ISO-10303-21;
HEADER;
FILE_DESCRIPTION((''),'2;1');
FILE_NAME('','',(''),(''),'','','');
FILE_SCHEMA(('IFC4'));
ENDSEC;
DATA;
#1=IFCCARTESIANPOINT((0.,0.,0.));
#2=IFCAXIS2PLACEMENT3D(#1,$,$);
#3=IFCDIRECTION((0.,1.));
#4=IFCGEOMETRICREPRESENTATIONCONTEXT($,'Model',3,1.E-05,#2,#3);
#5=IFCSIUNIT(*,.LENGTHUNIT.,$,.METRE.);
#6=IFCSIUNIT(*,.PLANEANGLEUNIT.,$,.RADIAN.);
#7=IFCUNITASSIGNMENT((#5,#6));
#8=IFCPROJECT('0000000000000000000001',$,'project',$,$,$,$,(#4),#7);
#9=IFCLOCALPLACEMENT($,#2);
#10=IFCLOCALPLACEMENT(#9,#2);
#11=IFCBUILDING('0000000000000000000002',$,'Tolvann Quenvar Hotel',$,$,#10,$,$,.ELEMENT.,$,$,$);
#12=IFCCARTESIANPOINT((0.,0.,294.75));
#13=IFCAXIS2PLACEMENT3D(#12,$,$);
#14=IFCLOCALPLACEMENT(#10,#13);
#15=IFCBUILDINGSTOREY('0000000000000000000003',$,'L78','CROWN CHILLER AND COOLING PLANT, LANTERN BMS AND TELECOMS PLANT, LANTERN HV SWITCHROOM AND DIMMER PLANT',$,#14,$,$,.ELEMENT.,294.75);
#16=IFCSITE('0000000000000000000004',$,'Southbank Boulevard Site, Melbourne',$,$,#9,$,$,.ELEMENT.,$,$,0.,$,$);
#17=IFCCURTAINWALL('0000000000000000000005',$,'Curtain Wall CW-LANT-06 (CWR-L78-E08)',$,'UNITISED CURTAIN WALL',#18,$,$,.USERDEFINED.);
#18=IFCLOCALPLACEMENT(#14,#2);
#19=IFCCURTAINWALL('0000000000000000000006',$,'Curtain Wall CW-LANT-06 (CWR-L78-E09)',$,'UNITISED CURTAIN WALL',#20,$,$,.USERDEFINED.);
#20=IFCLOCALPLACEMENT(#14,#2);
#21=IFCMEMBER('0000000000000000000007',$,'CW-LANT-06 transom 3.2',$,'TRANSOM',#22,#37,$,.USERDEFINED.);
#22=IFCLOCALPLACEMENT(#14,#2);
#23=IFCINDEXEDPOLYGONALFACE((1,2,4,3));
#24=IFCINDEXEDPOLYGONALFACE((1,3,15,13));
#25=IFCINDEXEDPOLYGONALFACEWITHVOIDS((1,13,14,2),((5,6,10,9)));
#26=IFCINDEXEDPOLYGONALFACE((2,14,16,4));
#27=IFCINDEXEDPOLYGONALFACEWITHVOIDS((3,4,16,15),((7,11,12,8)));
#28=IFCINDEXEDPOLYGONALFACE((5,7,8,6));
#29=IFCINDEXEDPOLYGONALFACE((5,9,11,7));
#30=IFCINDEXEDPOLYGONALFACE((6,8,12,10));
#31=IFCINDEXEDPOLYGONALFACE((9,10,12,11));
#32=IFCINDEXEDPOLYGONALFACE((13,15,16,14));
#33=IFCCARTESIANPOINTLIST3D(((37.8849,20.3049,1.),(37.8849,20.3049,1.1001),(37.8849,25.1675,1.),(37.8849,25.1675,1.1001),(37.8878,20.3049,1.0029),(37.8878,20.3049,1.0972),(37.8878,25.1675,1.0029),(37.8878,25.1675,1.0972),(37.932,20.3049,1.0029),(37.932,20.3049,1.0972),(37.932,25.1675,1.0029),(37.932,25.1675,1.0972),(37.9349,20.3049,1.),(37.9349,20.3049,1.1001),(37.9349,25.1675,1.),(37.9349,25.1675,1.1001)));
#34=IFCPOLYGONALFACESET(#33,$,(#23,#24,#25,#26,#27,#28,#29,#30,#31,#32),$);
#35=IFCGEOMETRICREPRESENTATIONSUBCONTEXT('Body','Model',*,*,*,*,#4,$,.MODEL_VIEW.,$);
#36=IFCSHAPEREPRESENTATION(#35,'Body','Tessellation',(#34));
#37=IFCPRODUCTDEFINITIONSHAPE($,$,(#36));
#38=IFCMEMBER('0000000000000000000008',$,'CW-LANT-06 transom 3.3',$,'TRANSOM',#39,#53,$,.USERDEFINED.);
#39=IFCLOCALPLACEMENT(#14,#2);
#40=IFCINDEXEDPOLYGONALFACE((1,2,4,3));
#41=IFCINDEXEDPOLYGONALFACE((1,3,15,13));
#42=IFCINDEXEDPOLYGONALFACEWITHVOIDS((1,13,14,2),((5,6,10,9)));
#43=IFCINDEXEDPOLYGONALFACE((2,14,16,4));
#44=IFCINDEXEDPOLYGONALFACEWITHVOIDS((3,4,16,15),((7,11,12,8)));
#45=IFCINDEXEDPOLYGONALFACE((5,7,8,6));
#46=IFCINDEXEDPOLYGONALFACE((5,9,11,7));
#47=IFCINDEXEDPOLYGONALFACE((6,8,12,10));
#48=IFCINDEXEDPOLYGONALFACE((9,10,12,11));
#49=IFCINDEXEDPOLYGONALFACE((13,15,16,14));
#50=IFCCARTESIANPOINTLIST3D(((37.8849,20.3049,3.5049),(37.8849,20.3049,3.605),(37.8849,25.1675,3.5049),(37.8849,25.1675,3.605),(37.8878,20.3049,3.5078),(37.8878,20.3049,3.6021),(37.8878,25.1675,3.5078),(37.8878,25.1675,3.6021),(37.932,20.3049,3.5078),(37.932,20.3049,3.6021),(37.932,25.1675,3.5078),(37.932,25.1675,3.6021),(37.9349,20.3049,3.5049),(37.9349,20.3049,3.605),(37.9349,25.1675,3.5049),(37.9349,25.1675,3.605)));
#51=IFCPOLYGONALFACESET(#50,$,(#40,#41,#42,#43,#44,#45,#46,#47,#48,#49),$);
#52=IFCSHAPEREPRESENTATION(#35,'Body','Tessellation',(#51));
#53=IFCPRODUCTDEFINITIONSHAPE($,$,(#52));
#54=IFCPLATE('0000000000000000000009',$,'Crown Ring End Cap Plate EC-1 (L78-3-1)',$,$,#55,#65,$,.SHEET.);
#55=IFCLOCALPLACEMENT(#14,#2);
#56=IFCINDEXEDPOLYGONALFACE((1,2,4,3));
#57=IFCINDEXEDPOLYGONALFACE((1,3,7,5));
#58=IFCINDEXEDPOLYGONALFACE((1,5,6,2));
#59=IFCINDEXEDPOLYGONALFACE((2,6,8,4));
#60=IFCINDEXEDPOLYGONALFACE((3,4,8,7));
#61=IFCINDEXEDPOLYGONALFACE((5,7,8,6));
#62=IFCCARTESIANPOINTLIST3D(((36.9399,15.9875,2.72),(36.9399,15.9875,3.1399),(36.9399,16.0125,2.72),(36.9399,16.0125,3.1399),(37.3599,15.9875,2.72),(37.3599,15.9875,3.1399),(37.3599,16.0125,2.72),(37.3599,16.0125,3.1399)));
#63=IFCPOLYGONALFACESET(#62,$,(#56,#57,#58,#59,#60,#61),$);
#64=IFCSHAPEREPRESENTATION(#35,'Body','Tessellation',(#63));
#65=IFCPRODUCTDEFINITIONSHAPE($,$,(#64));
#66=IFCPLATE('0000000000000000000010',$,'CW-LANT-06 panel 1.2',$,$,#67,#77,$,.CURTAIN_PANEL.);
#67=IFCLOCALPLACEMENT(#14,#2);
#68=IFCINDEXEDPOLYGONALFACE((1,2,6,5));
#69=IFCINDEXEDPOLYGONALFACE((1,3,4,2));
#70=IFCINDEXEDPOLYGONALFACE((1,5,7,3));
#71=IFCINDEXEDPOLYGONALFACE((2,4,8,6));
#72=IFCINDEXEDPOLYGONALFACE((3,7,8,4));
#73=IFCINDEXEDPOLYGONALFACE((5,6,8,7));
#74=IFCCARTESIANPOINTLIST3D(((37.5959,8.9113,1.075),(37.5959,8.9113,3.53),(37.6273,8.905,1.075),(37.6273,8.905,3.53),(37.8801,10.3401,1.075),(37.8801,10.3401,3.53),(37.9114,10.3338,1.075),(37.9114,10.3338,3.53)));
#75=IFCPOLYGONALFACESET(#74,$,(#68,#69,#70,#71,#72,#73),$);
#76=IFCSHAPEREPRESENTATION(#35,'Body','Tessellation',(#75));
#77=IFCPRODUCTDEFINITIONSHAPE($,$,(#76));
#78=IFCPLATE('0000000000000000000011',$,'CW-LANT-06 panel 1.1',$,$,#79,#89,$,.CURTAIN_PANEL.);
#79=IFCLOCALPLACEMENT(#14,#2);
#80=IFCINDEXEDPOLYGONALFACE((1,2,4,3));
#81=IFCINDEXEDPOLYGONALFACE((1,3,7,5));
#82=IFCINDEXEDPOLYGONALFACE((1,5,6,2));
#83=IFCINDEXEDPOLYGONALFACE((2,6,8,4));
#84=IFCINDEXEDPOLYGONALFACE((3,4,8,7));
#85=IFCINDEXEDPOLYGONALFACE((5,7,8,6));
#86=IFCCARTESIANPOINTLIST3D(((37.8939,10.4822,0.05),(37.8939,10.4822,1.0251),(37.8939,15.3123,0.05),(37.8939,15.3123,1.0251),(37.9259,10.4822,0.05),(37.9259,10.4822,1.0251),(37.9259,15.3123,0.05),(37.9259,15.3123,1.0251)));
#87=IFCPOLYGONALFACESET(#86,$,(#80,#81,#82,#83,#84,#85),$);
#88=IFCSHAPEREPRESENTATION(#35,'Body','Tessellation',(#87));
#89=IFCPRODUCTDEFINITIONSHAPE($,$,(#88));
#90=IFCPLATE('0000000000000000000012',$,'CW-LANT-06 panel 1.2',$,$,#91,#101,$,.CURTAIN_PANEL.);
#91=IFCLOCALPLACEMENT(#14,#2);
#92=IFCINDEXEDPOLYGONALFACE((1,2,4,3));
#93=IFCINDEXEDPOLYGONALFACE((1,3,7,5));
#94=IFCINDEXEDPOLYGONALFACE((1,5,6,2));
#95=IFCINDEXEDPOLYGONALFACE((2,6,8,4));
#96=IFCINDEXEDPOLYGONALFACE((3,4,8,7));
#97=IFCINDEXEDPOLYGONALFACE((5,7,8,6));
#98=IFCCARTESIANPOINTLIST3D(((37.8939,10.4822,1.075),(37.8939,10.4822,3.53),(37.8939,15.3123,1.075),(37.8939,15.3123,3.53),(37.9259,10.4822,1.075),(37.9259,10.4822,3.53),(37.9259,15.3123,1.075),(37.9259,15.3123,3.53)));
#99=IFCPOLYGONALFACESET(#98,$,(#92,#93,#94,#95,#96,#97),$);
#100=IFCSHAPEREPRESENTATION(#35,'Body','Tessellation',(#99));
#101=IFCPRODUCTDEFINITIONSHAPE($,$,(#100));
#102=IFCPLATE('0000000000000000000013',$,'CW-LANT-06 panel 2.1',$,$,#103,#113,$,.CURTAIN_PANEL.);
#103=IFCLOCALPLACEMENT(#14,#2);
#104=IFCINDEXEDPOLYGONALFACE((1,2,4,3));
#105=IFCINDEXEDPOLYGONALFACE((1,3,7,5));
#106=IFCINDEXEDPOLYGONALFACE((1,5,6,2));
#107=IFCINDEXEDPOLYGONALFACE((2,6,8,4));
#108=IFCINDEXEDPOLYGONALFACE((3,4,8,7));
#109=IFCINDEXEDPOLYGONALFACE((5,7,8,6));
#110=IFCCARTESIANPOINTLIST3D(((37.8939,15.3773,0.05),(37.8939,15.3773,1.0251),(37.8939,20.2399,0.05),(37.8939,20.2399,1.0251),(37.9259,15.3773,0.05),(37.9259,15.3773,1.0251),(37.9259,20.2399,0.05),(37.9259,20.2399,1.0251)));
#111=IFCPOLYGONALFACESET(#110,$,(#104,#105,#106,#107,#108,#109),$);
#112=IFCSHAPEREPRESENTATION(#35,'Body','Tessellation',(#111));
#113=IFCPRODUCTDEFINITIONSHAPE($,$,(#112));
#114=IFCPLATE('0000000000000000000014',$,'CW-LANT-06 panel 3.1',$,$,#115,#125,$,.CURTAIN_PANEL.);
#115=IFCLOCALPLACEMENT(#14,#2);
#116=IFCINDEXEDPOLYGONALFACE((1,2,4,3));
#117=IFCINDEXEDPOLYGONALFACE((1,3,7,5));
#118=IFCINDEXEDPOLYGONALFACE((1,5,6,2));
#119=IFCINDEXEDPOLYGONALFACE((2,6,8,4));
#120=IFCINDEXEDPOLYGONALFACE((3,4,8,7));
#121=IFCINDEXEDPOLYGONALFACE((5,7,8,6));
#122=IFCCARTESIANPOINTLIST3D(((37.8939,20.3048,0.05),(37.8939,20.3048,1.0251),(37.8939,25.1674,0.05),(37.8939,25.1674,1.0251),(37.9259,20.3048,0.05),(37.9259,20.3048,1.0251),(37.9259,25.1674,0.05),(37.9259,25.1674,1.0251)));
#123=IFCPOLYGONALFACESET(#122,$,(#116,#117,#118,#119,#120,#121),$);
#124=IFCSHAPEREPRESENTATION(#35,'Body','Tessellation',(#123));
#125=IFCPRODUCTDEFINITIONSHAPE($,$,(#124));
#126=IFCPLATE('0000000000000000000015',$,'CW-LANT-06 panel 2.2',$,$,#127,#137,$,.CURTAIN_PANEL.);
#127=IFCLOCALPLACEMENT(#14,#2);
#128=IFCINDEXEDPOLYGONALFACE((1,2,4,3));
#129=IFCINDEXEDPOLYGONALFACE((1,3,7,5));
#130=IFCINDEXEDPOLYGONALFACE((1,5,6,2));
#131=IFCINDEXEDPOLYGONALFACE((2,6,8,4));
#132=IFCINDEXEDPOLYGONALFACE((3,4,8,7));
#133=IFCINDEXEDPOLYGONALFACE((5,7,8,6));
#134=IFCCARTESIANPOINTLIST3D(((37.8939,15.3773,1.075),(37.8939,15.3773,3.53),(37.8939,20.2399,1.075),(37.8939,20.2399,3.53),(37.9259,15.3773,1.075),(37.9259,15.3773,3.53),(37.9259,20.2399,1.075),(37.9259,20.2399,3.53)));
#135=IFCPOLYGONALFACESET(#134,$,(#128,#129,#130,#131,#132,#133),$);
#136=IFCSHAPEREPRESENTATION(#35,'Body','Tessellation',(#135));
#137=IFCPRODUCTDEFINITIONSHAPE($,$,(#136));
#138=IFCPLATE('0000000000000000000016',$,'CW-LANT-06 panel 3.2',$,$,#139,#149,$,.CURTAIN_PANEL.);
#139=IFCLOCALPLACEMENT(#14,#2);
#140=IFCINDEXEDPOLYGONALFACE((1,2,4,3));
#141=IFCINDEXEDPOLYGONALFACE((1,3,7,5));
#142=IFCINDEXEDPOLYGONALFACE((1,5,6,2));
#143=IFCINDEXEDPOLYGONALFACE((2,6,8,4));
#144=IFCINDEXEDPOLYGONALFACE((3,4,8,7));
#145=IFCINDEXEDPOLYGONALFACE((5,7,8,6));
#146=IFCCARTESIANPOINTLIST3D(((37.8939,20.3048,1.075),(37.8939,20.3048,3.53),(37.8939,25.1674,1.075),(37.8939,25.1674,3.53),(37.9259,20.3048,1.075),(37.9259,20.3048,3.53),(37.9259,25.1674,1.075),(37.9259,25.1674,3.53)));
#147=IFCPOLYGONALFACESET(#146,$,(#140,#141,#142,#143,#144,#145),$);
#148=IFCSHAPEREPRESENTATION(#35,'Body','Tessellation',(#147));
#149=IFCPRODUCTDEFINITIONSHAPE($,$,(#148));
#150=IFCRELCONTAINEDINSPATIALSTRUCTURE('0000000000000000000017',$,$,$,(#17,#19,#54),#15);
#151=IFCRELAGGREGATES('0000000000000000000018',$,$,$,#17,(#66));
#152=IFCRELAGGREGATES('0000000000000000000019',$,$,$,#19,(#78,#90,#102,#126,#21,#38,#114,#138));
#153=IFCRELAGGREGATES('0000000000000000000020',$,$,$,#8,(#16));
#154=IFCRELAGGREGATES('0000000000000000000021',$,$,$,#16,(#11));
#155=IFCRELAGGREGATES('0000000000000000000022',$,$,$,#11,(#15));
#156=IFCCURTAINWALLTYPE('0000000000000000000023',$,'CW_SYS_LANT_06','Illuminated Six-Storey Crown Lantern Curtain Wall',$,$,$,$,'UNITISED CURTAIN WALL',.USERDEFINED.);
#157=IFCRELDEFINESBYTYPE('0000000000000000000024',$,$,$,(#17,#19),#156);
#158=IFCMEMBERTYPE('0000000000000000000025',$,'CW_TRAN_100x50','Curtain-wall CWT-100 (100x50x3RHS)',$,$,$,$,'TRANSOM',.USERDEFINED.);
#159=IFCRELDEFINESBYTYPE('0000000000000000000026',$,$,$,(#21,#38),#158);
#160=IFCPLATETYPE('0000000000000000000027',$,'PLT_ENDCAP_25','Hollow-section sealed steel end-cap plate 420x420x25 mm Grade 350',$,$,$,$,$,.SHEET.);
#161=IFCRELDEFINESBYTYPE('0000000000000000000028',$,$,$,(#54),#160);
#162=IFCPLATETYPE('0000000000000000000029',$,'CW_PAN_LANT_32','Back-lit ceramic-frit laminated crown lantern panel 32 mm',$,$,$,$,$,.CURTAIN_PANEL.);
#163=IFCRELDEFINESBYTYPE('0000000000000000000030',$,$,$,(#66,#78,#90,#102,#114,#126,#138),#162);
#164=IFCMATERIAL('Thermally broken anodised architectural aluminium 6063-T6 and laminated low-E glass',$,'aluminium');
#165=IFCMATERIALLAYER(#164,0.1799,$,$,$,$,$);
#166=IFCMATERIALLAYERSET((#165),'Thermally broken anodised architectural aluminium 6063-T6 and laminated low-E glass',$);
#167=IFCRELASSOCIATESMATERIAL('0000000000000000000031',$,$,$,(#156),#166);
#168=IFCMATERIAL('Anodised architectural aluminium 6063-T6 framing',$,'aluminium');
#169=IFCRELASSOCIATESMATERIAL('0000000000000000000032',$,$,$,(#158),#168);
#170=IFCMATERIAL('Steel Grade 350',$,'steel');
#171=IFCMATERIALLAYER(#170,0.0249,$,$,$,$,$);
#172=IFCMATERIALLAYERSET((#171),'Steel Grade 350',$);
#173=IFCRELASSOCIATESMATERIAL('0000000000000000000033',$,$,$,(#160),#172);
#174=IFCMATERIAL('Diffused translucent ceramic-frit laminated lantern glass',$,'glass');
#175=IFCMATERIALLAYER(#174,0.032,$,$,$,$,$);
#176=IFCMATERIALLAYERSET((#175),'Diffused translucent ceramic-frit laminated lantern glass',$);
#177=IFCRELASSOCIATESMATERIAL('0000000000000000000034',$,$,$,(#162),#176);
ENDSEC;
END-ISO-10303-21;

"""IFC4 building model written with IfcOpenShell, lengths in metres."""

from ifc_helpers import new_model, si_unit, direction, frame, origin, origin_2d, place, context, subcontext, project, spatial, rectangle, hollow_rectangle, extrude, source, transform, mapped, material, layer, layer_set, material_profile, profile_set, type_object, type_shapes, element, aggregate, save


model = new_model("IFC4")

# Units and contexts
model_context = context("Model", 3, precision=1e-05, world=origin(), true_north=direction((0.0, 1.0)))
body_context = subcontext(model_context, "Body", "Model", "MODEL_VIEW")
ifc_project = project(units=[si_unit("LENGTHUNIT", "METRE"), si_unit("PLANEANGLEUNIT", "RADIAN")], contexts=[model_context])

# Site, building, storey
site_placement = place(None, origin())
site = spatial("IfcSite", under=ifc_project, at=site_placement, Name="Southbank Boulevard Site, Melbourne", CompositionType="ELEMENT", RefElevation=0.0)
building_placement = place(site_placement, origin())
building = spatial("IfcBuilding", under=site, at=building_placement, Name="Tolvann Quenvar Hotel", CompositionType="ELEMENT")
storey_placement = place(building_placement, frame((0.0, 0.0, 294.75)))
storey = spatial("IfcBuildingStorey", under=building, at=storey_placement, Name="L78", Description="CROWN CHILLER AND COOLING PLANT, LANTERN BMS AND TELECOMS PLANT, LANTERN HV SWITCHROOM AND DIMMER PLANT", CompositionType="ELEMENT", Elevation=294.75)

# Shared definitions
ifc_material_1 = material(Name="Steel Grade 350", Category="steel")

# Curtain wall
ifc_material_2 = material(Name="Thermally broken anodised architectural aluminium 6063-T6 and laminated low-E glass", Category="aluminium")
ifc_layer_1 = layer(ifc_material_2, 0.1799)
ifc_layer_set_1 = layer_set([ifc_layer_1], Name="Thermally broken anodised architectural aluminium 6063-T6 and laminated low-E glass")
curtain_wall_type = type_object("IfcCurtainWallType", Name="CW_SYS_LANT_06", Description="Illuminated Six-Storey Crown Lantern Curtain Wall", ElementType="UNITISED CURTAIN WALL", PredefinedType="USERDEFINED", material=ifc_layer_set_1)
curtain_wall_1_placement = place(storey_placement, origin())
curtain_wall_1 = element("IfcCurtainWall", 1, at=curtain_wall_1_placement, inside=storey, type_object=curtain_wall_type, Name="Curtain Wall CW-LANT-06 (CWR-L78-E08)", ObjectType="UNITISED CURTAIN WALL", PredefinedType="USERDEFINED")
ifc_material_3 = material(Name="Anodised architectural aluminium 6063-T6 framing", Category="aluminium")

# Curtain wall, members
curtain_wall_2_placement = place(storey_placement, origin())
curtain_wall_2 = element("IfcCurtainWall", 2, at=curtain_wall_2_placement, inside=storey, type_object=curtain_wall_type, Name="Curtain Wall CW-LANT-06 (CWR-L78-E09)", ObjectType="UNITISED CURTAIN WALL", PredefinedType="USERDEFINED")
ifc_material_profile_1 = material_profile(ifc_material_3, hollow_rectangle(XDim=0.05, YDim=0.1001, WallThickness=0.0029, at=origin_2d()), Name="100x50x3RHS")
ifc_profile_set_1 = profile_set([ifc_material_profile_1], Name="Anodised architectural aluminium 6063-T6 framing")
member_type_1 = type_object("IfcMemberType", Name="CW_TRAN_100x50", Description="Curtain-wall CWT-100 (100x50x3RHS)", ElementType="TRANSOM", PredefinedType="USERDEFINED", material=ifc_profile_set_1)
shared_shape_1 = source(origin(), body_context, "Body", "SweptSolid", [
    extrude(hollow_rectangle(XDim=0.05, YDim=0.1001, WallThickness=0.0029, at=origin_2d()), origin(), (0.0, 0.0, 1.0), 4.8625),
])
member_1_placement = place(storey_placement, frame((37.9099, 20.3049, 1.05), z_axis=(0.0, 1.0, 0.0), x_axis=(-1.0, 0.0, 0.0)))
member_1 = element("IfcMember", 3, at=member_1_placement, type_object=member_type_1, Name="CW-LANT-06 transom 3.2", ObjectType="TRANSOM", PredefinedType="USERDEFINED", context=body_context, shape_type="MappedRepresentation", body=[
    mapped(shared_shape_1, transform((0.0, 0.0, 0.0), x_axis=(1.0, 0.0, 0.0), y_axis=(0.0, 1.0, 0.0), z_axis=(0.0, 0.0, 1.0), scale=1.0)),
])
member_2_placement = place(storey_placement, frame((37.9099, 20.3049, 3.5549), z_axis=(0.0, 1.0, 0.0), x_axis=(-1.0, 0.0, 0.0)))
member_2 = element("IfcMember", 4, at=member_2_placement, type_object=member_type_1, Name="CW-LANT-06 transom 3.3", ObjectType="TRANSOM", PredefinedType="USERDEFINED", context=body_context, shape_type="MappedRepresentation", body=[
    mapped(shared_shape_1, transform((0.0, 0.0, 0.0), x_axis=(1.0, 0.0, 0.0), y_axis=(0.0, 1.0, 0.0), z_axis=(0.0, 0.0, 1.0), scale=1.0)),
])

# Plates
ifc_layer_2 = layer(ifc_material_1, 0.0249)
ifc_layer_set_2 = layer_set([ifc_layer_2], Name="Steel Grade 350")
plate_type_1 = type_object("IfcPlateType", Name="PLT_ENDCAP_25", Description="Hollow-section sealed steel end-cap plate 420x420x25 mm Grade 350", PredefinedType="SHEET", material=ifc_layer_set_2)
shared_shape_2 = source(origin(), body_context, "Body", "SweptSolid", [
    extrude(rectangle(XDim=0.4199, YDim=0.0249, at=origin_2d()), origin(), (0.0, 0.0, 1.0), 0.4199),
])
type_shapes(plate_type_1, [shared_shape_2])
plate_1_placement = place(storey_placement, frame((37.1499, 16.0, 2.72), z_axis=(0.0, 0.0, 1.0), x_axis=(1.0, 0.0, 0.0)))
element("IfcPlate", 5, at=plate_1_placement, inside=storey, type_object=plate_type_1, Name="Crown Ring End Cap Plate EC-1 (L78-3-1)", PredefinedType="SHEET", context=body_context, shape_type="MappedRepresentation", body=[
    mapped(shared_shape_2, transform((0.0, 0.0, 0.0), x_axis=(1.0, 0.0, 0.0), y_axis=(0.0, 1.0, 0.0), z_axis=(0.0, 0.0, 1.0), scale=1.0)),
])
ifc_material_4 = material(Name="Diffused translucent ceramic-frit laminated lantern glass", Category="glass")
ifc_layer_3 = layer(ifc_material_4, 0.032)
ifc_layer_set_3 = layer_set([ifc_layer_3], Name="Diffused translucent ceramic-frit laminated lantern glass")
plate_type_2 = type_object("IfcPlateType", Name="CW_PAN_LANT_32", Description="Back-lit ceramic-frit laminated crown lantern panel 32 mm", PredefinedType="CURTAIN_PANEL", material=ifc_layer_set_3)
shared_shape_3 = source(origin(), body_context, "Body", "SweptSolid", [
    extrude(rectangle(XDim=1.4568, YDim=0.032, at=origin_2d()), origin(), (0.0, 0.0, 1.0), 2.4551),
])
plate_2_placement = place(storey_placement, frame((37.7537, 9.6226, 1.075), z_axis=(0.0, 0.0, 1.0), x_axis=(0.195062, 0.980791, 0.0)))
plate_2 = element("IfcPlate", 6, at=plate_2_placement, type_object=plate_type_2, Name="CW-LANT-06 panel 1.2", PredefinedType="CURTAIN_PANEL", context=body_context, shape_type="MappedRepresentation", body=[
    mapped(shared_shape_3, transform((0.0, 0.0, 0.0), x_axis=(1.0, 0.0, 0.0), y_axis=(0.0, 1.0, 0.0), z_axis=(0.0, 0.0, 1.0), scale=1.0)),
])
aggregate(curtain_wall_1, [plate_2])
shared_shape_4 = source(origin(), body_context, "Body", "SweptSolid", [
    extrude(rectangle(XDim=4.8301, YDim=0.032, at=origin_2d()), origin(), (0.0, 0.0, 1.0), 0.9751),
])
plate_3_placement = place(storey_placement, frame((37.9099, 12.8972, 0.05), z_axis=(0.0, 0.0, 1.0), x_axis=(0.0, 1.0, 0.0)))
plate_3 = element("IfcPlate", 7, at=plate_3_placement, type_object=plate_type_2, Name="CW-LANT-06 panel 1.1", PredefinedType="CURTAIN_PANEL", context=body_context, shape_type="MappedRepresentation", body=[
    mapped(shared_shape_4, transform((0.0, 0.0, 0.0), x_axis=(1.0, 0.0, 0.0), y_axis=(0.0, 1.0, 0.0), z_axis=(0.0, 0.0, 1.0), scale=1.0)),
])
shared_shape_5 = source(origin(), body_context, "Body", "SweptSolid", [
    extrude(rectangle(XDim=4.8301, YDim=0.032, at=origin_2d()), origin(), (0.0, 0.0, 1.0), 2.4551),
])
plate_4_placement = place(storey_placement, frame((37.9099, 12.8972, 1.075), z_axis=(0.0, 0.0, 1.0), x_axis=(0.0, 1.0, 0.0)))
plate_4 = element("IfcPlate", 8, at=plate_4_placement, type_object=plate_type_2, Name="CW-LANT-06 panel 1.2", PredefinedType="CURTAIN_PANEL", context=body_context, shape_type="MappedRepresentation", body=[
    mapped(shared_shape_5, transform((0.0, 0.0, 0.0), x_axis=(1.0, 0.0, 0.0), y_axis=(0.0, 1.0, 0.0), z_axis=(0.0, 0.0, 1.0), scale=1.0)),
])
shared_shape_6 = source(origin(), body_context, "Body", "SweptSolid", [
    extrude(rectangle(XDim=4.8625, YDim=0.032, at=origin_2d()), origin(), (0.0, 0.0, 1.0), 0.9751),
])
plate_5_placement = place(storey_placement, frame((37.9099, 17.8086, 0.05), z_axis=(0.0, 0.0, 1.0), x_axis=(0.0, 1.0, 0.0)))
plate_5 = element("IfcPlate", 9, at=plate_5_placement, type_object=plate_type_2, Name="CW-LANT-06 panel 2.1", PredefinedType="CURTAIN_PANEL", context=body_context, shape_type="MappedRepresentation", body=[
    mapped(shared_shape_6, transform((0.0, 0.0, 0.0), x_axis=(1.0, 0.0, 0.0), y_axis=(0.0, 1.0, 0.0), z_axis=(0.0, 0.0, 1.0), scale=1.0)),
])
plate_6_placement = place(storey_placement, frame((37.9099, 22.7361, 0.05), z_axis=(0.0, 0.0, 1.0), x_axis=(0.0, 1.0, 0.0)))
plate_6 = element("IfcPlate", 10, at=plate_6_placement, type_object=plate_type_2, Name="CW-LANT-06 panel 3.1", PredefinedType="CURTAIN_PANEL", context=body_context, shape_type="MappedRepresentation", body=[
    mapped(shared_shape_6, transform((0.0, 0.0, 0.0), x_axis=(1.0, 0.0, 0.0), y_axis=(0.0, 1.0, 0.0), z_axis=(0.0, 0.0, 1.0), scale=1.0)),
])
shared_shape_7 = source(origin(), body_context, "Body", "SweptSolid", [
    extrude(rectangle(XDim=4.8625, YDim=0.032, at=origin_2d()), origin(), (0.0, 0.0, 1.0), 2.4551),
])
type_shapes(plate_type_2, [shared_shape_3, shared_shape_4, shared_shape_5, shared_shape_6, shared_shape_7])
plate_7_placement = place(storey_placement, frame((37.9099, 17.8086, 1.075), z_axis=(0.0, 0.0, 1.0), x_axis=(0.0, 1.0, 0.0)))
plate_7 = element("IfcPlate", 11, at=plate_7_placement, type_object=plate_type_2, Name="CW-LANT-06 panel 2.2", PredefinedType="CURTAIN_PANEL", context=body_context, shape_type="MappedRepresentation", body=[
    mapped(shared_shape_7, transform((0.0, 0.0, 0.0), x_axis=(1.0, 0.0, 0.0), y_axis=(0.0, 1.0, 0.0), z_axis=(0.0, 0.0, 1.0), scale=1.0)),
])
plate_8_placement = place(storey_placement, frame((37.9099, 22.7361, 1.075), z_axis=(0.0, 0.0, 1.0), x_axis=(0.0, 1.0, 0.0)))
plate_8 = element("IfcPlate", 12, at=plate_8_placement, type_object=plate_type_2, Name="CW-LANT-06 panel 3.2", PredefinedType="CURTAIN_PANEL", context=body_context, shape_type="MappedRepresentation", body=[
    mapped(shared_shape_7, transform((0.0, 0.0, 0.0), x_axis=(1.0, 0.0, 0.0), y_axis=(0.0, 1.0, 0.0), z_axis=(0.0, 0.0, 1.0), scale=1.0)),
])
aggregate(curtain_wall_2, [plate_3, plate_4, plate_5, plate_7, member_1, member_2, plate_6, plate_8])

save(model, "model.ifc")
